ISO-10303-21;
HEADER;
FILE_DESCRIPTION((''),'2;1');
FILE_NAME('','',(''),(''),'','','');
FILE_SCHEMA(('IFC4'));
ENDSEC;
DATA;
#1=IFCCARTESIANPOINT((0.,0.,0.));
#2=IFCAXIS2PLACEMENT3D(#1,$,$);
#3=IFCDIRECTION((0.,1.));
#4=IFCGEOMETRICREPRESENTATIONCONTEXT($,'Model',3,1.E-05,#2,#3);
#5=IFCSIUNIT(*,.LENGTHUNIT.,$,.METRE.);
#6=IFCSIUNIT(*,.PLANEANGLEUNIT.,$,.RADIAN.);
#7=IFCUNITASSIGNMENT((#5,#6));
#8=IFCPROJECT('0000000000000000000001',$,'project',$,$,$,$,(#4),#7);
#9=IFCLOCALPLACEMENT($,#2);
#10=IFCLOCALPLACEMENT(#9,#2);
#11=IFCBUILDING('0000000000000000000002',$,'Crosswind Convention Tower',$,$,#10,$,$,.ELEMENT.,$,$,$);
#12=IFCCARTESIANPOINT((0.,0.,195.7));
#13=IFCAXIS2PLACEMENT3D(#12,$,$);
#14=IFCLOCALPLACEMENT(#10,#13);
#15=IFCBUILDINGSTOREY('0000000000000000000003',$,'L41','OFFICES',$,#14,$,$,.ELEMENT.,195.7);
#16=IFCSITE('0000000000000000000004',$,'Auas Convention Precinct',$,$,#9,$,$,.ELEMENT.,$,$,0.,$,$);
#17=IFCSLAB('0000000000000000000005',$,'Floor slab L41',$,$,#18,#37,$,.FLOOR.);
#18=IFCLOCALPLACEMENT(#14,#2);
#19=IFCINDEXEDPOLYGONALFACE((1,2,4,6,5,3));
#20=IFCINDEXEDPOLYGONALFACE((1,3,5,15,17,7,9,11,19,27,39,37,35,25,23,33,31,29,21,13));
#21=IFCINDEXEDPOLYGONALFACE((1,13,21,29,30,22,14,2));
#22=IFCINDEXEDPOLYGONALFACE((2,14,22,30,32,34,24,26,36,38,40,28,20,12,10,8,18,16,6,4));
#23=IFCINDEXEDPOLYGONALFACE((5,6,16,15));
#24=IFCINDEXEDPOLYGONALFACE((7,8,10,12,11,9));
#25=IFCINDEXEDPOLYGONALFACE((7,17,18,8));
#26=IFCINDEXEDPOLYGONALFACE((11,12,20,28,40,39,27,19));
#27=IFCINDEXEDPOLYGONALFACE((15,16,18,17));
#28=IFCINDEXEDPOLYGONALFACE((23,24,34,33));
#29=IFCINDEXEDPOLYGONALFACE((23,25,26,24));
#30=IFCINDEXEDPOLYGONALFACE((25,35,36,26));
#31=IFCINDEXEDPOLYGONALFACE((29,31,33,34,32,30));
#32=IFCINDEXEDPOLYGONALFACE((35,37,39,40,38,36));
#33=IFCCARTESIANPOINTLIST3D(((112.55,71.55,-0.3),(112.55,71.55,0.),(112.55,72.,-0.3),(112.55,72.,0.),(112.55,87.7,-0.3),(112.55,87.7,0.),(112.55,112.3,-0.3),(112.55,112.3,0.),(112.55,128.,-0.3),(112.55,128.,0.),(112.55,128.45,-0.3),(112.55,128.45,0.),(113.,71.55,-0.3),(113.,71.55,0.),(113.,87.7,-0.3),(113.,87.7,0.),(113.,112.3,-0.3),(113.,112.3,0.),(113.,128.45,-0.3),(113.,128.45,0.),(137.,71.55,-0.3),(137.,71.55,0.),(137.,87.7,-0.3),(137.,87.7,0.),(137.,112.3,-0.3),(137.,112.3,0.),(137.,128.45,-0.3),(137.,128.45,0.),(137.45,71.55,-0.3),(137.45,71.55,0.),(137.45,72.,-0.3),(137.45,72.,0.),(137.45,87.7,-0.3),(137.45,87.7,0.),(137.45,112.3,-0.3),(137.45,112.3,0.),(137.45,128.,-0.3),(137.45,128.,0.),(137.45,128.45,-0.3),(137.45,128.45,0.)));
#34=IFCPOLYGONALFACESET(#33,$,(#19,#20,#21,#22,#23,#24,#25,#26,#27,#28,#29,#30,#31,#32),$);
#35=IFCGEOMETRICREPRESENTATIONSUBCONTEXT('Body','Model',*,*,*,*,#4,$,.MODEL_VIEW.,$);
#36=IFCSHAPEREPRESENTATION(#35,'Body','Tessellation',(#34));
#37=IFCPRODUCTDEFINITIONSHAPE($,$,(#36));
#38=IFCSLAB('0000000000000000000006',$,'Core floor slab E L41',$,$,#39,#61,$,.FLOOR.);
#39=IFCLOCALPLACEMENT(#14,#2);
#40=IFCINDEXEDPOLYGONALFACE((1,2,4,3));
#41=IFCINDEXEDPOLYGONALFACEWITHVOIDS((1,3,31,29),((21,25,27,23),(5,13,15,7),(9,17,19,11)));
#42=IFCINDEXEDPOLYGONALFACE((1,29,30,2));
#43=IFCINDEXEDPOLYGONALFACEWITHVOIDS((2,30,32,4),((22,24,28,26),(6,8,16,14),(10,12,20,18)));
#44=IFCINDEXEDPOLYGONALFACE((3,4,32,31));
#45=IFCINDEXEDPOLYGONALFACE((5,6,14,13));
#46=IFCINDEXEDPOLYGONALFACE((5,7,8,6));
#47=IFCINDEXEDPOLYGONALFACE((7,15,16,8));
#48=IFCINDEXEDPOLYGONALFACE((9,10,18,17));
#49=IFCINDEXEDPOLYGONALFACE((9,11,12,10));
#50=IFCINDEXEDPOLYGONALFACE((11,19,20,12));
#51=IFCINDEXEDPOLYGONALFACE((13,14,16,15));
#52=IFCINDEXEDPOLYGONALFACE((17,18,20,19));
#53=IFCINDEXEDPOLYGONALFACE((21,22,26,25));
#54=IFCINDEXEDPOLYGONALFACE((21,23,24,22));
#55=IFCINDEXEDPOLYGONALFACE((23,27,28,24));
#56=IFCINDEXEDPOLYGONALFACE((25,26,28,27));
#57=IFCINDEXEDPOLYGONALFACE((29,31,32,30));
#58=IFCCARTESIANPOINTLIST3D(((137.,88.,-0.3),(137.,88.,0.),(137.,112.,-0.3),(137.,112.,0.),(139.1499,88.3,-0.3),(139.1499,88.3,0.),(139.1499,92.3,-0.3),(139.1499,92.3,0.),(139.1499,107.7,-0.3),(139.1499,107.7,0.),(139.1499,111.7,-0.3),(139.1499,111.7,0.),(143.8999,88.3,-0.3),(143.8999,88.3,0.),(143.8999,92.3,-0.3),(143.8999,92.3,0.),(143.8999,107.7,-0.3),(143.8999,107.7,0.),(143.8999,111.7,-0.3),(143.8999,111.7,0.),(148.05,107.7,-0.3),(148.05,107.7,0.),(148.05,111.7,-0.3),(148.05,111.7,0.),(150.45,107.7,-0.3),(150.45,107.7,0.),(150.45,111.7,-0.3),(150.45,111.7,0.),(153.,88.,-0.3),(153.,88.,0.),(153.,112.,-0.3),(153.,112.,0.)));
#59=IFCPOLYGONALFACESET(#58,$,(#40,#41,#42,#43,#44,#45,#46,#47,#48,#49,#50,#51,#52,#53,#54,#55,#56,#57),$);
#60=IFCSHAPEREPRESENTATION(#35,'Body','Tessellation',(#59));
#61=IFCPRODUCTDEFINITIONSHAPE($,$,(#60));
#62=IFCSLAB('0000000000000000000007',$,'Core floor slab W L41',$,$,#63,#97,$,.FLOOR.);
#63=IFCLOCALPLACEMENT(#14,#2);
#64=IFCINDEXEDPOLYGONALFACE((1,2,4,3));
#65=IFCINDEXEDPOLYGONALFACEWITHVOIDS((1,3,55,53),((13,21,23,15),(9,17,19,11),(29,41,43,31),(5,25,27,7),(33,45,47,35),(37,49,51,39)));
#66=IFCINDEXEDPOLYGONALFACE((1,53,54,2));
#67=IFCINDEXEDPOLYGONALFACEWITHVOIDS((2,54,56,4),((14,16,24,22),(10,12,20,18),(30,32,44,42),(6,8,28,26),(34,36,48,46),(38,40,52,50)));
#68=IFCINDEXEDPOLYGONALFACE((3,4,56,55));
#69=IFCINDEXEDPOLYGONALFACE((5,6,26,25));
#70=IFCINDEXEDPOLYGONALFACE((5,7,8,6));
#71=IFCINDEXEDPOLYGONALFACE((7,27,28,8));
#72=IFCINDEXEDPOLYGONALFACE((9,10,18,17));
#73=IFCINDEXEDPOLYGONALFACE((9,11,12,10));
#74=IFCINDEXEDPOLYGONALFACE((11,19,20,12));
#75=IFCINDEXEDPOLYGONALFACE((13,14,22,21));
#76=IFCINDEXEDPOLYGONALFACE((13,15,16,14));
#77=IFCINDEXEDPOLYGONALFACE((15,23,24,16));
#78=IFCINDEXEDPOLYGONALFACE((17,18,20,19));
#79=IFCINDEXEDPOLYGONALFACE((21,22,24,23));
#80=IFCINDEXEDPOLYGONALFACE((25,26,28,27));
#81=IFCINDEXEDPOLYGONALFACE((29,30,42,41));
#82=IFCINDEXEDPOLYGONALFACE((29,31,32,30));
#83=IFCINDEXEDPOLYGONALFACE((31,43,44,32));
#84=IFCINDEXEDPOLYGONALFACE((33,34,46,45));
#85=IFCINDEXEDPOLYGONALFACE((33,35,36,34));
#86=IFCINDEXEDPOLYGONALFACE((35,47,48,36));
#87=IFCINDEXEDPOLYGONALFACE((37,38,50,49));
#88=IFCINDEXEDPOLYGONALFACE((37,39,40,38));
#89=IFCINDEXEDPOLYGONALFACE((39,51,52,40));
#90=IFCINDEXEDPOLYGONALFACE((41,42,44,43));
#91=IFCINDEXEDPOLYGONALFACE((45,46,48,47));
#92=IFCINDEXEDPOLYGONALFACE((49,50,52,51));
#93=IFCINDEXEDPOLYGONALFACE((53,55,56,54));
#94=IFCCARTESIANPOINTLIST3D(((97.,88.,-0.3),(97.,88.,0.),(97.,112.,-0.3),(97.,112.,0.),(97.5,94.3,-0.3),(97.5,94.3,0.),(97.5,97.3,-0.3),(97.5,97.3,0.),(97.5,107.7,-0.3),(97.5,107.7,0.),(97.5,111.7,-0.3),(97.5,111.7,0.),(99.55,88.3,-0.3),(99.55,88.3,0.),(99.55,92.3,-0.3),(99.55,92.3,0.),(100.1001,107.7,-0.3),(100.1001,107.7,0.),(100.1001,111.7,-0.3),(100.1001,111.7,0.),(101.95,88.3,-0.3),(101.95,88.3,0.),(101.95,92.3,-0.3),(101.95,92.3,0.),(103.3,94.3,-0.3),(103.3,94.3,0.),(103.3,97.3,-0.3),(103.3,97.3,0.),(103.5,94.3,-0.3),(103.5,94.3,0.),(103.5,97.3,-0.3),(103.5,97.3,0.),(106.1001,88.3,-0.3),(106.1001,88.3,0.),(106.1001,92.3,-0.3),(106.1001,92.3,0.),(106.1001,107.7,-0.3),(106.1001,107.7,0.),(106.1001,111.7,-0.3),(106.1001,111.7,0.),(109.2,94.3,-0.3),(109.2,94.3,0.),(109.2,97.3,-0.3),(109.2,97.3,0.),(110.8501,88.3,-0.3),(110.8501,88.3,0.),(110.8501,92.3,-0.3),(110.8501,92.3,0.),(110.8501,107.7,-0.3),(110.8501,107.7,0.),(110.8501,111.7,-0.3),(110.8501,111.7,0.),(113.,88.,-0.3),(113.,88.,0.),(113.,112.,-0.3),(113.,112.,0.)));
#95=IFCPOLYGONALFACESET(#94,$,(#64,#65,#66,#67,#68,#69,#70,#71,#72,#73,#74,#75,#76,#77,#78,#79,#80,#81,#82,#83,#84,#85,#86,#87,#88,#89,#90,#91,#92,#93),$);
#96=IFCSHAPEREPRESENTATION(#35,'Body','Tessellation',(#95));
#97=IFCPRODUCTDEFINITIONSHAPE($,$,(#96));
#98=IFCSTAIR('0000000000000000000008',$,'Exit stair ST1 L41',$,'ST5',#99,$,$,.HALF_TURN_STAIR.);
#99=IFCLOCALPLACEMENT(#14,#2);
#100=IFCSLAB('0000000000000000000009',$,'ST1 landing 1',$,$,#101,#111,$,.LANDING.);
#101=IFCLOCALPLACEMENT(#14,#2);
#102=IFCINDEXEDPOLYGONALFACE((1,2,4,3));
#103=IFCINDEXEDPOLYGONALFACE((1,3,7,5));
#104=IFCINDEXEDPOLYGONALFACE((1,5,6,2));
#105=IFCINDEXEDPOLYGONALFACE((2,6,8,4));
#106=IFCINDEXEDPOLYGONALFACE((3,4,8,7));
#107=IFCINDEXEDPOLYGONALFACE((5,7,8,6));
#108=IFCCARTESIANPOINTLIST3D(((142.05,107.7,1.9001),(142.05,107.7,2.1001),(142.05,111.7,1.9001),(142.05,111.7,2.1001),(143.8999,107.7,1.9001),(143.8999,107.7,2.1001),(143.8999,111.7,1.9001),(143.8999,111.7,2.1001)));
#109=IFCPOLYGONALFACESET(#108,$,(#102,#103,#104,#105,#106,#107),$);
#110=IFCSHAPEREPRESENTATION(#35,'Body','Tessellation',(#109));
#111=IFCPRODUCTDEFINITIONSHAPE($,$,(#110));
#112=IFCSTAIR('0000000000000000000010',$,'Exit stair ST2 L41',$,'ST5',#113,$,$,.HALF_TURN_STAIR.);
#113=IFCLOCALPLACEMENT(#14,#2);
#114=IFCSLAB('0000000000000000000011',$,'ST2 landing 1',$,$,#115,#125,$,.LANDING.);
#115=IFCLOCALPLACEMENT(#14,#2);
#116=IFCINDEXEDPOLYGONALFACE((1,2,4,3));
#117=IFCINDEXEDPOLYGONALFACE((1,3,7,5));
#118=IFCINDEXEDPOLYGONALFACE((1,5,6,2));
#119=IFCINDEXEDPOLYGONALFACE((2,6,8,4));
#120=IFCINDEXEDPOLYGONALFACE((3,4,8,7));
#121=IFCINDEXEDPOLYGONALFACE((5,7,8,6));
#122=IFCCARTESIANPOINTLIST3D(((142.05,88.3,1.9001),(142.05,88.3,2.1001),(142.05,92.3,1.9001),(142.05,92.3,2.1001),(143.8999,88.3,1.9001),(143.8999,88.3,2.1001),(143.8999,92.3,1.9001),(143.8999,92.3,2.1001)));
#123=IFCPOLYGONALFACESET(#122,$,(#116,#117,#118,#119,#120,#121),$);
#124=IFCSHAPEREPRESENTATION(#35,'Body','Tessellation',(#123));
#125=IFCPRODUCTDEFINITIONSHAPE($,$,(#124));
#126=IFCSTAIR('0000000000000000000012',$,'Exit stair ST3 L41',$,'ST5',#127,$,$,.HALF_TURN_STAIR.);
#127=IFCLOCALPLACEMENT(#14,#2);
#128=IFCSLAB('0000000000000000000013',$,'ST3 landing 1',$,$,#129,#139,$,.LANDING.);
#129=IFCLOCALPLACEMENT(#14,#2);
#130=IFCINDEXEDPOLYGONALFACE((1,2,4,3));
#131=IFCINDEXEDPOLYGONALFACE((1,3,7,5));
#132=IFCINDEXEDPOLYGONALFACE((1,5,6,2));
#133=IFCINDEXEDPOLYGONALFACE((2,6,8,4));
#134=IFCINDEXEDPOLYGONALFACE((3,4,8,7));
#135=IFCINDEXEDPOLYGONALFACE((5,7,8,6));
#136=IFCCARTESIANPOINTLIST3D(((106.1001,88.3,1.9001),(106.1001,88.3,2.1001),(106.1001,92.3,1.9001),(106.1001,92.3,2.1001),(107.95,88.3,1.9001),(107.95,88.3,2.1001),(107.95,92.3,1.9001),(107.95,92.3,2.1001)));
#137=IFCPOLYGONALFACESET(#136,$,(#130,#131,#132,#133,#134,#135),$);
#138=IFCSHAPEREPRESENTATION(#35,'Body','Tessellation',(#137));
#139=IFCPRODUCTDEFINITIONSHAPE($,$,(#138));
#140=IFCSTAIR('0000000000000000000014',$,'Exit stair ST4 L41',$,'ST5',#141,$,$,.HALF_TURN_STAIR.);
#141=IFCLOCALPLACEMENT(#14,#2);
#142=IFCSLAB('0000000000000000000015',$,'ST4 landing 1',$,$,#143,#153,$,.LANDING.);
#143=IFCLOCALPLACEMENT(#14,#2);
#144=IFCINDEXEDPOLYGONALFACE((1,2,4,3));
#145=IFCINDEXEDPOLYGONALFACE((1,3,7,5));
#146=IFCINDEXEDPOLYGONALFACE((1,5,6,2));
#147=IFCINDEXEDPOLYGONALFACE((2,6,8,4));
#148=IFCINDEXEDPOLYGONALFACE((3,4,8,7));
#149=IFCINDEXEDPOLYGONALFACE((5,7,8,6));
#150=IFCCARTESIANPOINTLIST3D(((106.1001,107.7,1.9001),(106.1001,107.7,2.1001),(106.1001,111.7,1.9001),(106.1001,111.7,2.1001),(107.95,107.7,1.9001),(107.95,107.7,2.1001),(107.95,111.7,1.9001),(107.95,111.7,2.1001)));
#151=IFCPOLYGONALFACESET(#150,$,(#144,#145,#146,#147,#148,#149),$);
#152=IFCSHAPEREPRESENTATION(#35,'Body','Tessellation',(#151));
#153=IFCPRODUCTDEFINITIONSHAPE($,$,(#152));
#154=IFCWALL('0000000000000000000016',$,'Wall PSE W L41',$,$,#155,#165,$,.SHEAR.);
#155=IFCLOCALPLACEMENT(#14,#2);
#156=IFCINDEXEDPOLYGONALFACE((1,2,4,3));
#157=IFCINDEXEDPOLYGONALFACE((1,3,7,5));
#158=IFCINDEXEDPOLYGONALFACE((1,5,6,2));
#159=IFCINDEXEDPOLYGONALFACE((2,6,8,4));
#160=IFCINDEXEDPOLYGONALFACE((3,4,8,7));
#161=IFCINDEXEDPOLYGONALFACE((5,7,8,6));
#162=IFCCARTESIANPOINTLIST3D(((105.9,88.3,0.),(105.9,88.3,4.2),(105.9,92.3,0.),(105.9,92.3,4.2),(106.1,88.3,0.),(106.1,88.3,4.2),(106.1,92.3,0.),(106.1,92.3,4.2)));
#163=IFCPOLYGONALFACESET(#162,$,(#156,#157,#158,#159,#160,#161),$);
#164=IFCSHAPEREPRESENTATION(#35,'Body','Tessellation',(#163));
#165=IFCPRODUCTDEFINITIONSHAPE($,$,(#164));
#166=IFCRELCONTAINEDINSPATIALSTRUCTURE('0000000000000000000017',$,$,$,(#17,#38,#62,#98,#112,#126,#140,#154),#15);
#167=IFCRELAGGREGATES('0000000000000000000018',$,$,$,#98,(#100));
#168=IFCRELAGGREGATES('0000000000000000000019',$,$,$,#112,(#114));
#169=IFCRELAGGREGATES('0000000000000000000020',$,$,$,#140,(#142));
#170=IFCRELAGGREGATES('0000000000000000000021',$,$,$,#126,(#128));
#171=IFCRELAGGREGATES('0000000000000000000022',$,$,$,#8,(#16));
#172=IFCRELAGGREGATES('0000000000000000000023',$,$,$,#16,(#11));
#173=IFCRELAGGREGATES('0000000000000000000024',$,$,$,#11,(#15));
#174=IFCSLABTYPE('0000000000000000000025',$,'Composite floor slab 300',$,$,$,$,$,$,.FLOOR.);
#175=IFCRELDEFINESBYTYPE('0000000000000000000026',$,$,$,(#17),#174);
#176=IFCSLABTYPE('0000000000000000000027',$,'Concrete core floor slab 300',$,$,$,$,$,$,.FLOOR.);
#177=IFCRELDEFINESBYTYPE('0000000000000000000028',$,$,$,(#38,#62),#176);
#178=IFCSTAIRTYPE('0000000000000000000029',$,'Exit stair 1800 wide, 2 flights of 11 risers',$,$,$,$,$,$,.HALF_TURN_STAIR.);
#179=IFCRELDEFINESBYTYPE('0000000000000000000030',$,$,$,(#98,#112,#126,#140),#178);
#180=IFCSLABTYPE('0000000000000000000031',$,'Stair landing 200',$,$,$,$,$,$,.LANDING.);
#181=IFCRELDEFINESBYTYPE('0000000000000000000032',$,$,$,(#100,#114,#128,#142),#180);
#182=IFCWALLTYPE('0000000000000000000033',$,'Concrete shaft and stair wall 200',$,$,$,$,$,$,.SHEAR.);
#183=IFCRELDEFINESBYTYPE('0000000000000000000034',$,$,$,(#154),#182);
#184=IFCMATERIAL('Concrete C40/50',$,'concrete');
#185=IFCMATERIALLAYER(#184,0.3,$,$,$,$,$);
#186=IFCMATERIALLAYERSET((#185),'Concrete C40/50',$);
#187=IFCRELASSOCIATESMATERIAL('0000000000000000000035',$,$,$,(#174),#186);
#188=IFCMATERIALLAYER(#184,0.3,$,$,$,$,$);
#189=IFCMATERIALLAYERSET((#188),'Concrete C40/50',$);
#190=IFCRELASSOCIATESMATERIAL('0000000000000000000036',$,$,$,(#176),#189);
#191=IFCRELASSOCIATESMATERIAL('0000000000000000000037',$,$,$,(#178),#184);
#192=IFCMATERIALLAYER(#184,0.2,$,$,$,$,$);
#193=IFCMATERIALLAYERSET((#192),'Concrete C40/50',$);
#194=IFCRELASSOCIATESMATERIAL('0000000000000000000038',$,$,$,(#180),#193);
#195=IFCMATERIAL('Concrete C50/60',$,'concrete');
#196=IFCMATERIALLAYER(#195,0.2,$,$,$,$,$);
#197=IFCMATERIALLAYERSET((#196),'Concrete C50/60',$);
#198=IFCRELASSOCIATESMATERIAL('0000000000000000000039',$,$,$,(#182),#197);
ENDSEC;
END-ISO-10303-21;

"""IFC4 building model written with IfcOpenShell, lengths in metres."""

from ifc_helpers import new_model, si_unit, direction, frame, frame_2d, origin, place, context, subcontext, project, spatial, polyline, rectangle, outline, extrude, material, layer, layer_set, type_object, element, aggregate, save


model = new_model("IFC4")

# Units and contexts
model_context = context("Model", 3, precision=1e-05, world=origin(), true_north=direction((0.0, 1.0)))
body_context = subcontext(model_context, "Body", "Model", "MODEL_VIEW")
ifc_project = project(units=[si_unit("LENGTHUNIT", "METRE"), si_unit("PLANEANGLEUNIT", "RADIAN")], contexts=[model_context])

# Site, building, storey
site_placement = place(None, origin())
site = spatial("IfcSite", under=ifc_project, at=site_placement, Name="Auas Convention Precinct", CompositionType="ELEMENT", RefElevation=0.0)
building_placement = place(site_placement, origin())
building = spatial("IfcBuilding", under=site, at=building_placement, Name="Crosswind Convention Tower", CompositionType="ELEMENT")
storey_placement = place(building_placement, frame((0.0, 0.0, 195.7)))
storey = spatial("IfcBuildingStorey", under=building, at=storey_placement, Name="L41", Description="OFFICES", CompositionType="ELEMENT", Elevation=195.7)

# Slabs
ifc_material_1 = material(Name="Concrete C40/50", Category="concrete")
ifc_layer_1 = layer(ifc_material_1, 0.3)
ifc_layer_set_1 = layer_set([ifc_layer_1], Name="Concrete C40/50")
slab_type_1 = type_object("IfcSlabType", Name="Composite floor slab 300", PredefinedType="FLOOR", material=ifc_layer_set_1)
slab_1_placement = place(storey_placement, frame((0.0, 0.0, -0.3)))
element("IfcSlab", 1, at=slab_1_placement, inside=storey, type_object=slab_type_1, Name="Floor slab L41", PredefinedType="FLOOR", context=body_context, shape_type="SweptSolid", body=[
    extrude(outline(polyline([(137.45, 71.55), (137.0, 71.55), (113.0, 71.55), (112.55, 71.55), (112.55, 72.0), (112.55, 87.7), (113.0, 87.7), (113.0, 112.3), (112.55, 112.3), (112.55, 128.0), (112.55, 128.45), (113.0, 128.45), (137.0, 128.45), (137.45, 128.45), (137.45, 128.0), (137.45, 112.3), (137.0, 112.3), (137.0, 87.7), (137.45, 87.7), (137.45, 72.0), (137.45, 71.55)])), origin(), (0.0, 0.0, 1.0), 0.3),
])
ifc_layer_2 = layer(ifc_material_1, 0.3)
ifc_layer_set_2 = layer_set([ifc_layer_2], Name="Concrete C40/50")
slab_type_2 = type_object("IfcSlabType", Name="Concrete core floor slab 300", PredefinedType="FLOOR", material=ifc_layer_set_2)
slab_2_placement = place(storey_placement, frame((0.0, 0.0, -0.3)))
element("IfcSlab", 2, at=slab_2_placement, inside=storey, type_object=slab_type_2, Name="Core floor slab E L41", PredefinedType="FLOOR", context=body_context, shape_type="SweptSolid", body=[
    extrude(outline(polyline([(137.0, 88.0), (153.0, 88.0), (153.0, 112.0), (137.0, 112.0), (137.0, 88.0)]), holes=[polyline([(150.45, 107.7), (150.45, 111.7), (148.05, 111.7), (148.05, 107.7), (150.45, 107.7)]), polyline([(143.8999, 107.7), (143.8999, 111.7), (139.1499, 111.7), (139.1499, 107.7), (143.8999, 107.7)]), polyline([(143.8999, 88.3), (143.8999, 92.3), (139.1499, 92.3), (139.1499, 88.3), (143.8999, 88.3)])]), origin(), (0.0, 0.0, 1.0), 0.3),
])
slab_3_placement = place(storey_placement, frame((0.0, 0.0, -0.3)))
element("IfcSlab", 3, at=slab_3_placement, inside=storey, type_object=slab_type_2, Name="Core floor slab W L41", PredefinedType="FLOOR", context=body_context, shape_type="SweptSolid", body=[
    extrude(outline(polyline([(97.0, 88.0), (113.0, 88.0), (113.0, 112.0), (97.0, 112.0), (97.0, 88.0)]), holes=[polyline([(109.2, 94.3), (109.2, 97.3), (103.5, 97.3), (103.5, 94.3), (109.2, 94.3)]), polyline([(103.3, 94.3), (103.3, 97.3), (97.5, 97.3), (97.5, 94.3), (103.3, 94.3)]), polyline([(101.95, 88.3), (101.95, 92.3), (99.55, 92.3), (99.55, 88.3), (101.95, 88.3)]), polyline([(100.1001, 107.7), (100.1001, 111.7), (97.5, 111.7), (97.5, 107.7), (100.1001, 107.7)]), polyline([(110.8501, 88.3), (110.8501, 92.3), (106.1001, 92.3), (106.1001, 88.3), (110.8501, 88.3)]), polyline([(110.8501, 107.7), (110.8501, 111.7), (106.1001, 111.7), (106.1001, 107.7), (110.8501, 107.7)])]), origin(), (0.0, 0.0, 1.0), 0.3),
])

# Stairs, slabs
stair_type = type_object("IfcStairType", Name="Exit stair 1800 wide, 2 flights of 11 risers", PredefinedType="HALF_TURN_STAIR", material=ifc_material_1)
stair_1_placement = place(storey_placement, origin())
stair_1 = element("IfcStair", 4, at=stair_1_placement, inside=storey, type_object=stair_type, Name="Exit stair ST1 L41", ObjectType="ST5", PredefinedType="HALF_TURN_STAIR")
ifc_layer_3 = layer(ifc_material_1, 0.2)
ifc_layer_set_3 = layer_set([ifc_layer_3], Name="Concrete C40/50")
slab_type_3 = type_object("IfcSlabType", Name="Stair landing 200", PredefinedType="LANDING", material=ifc_layer_set_3)
slab_4_placement = place(storey_placement, frame((0.0, 0.0, 1.9001)))
slab_4 = element("IfcSlab", 5, at=slab_4_placement, type_object=slab_type_3, Name="ST1 landing 1", PredefinedType="LANDING", context=body_context, shape_type="SweptSolid", body=[
    extrude(outline(polyline([(143.8999, 107.7), (143.8999, 111.7), (142.05, 111.7), (142.05, 107.7), (143.8999, 107.7)])), origin(), (0.0, 0.0, 1.0), 0.2),
])
aggregate(stair_1, [slab_4])
stair_2_placement = place(storey_placement, origin())
stair_2 = element("IfcStair", 6, at=stair_2_placement, inside=storey, type_object=stair_type, Name="Exit stair ST2 L41", ObjectType="ST5", PredefinedType="HALF_TURN_STAIR")
slab_5_placement = place(storey_placement, frame((0.0, 0.0, 1.9001)))
slab_5 = element("IfcSlab", 7, at=slab_5_placement, type_object=slab_type_3, Name="ST2 landing 1", PredefinedType="LANDING", context=body_context, shape_type="SweptSolid", body=[
    extrude(outline(polyline([(143.8999, 88.3), (143.8999, 92.3), (142.05, 92.3), (142.05, 88.3), (143.8999, 88.3)])), origin(), (0.0, 0.0, 1.0), 0.2),
])
aggregate(stair_2, [slab_5])
stair_3_placement = place(storey_placement, origin())
stair_3 = element("IfcStair", 8, at=stair_3_placement, inside=storey, type_object=stair_type, Name="Exit stair ST3 L41", ObjectType="ST5", PredefinedType="HALF_TURN_STAIR")
slab_6_placement = place(storey_placement, frame((0.0, 0.0, 1.9001)))
slab_6 = element("IfcSlab", 9, at=slab_6_placement, type_object=slab_type_3, Name="ST3 landing 1", PredefinedType="LANDING", context=body_context, shape_type="SweptSolid", body=[
    extrude(outline(polyline([(107.95, 88.3), (107.95, 92.3), (106.1001, 92.3), (106.1001, 88.3), (107.95, 88.3)])), origin(), (0.0, 0.0, 1.0), 0.2),
])
stair_4_placement = place(storey_placement, origin())
stair_4 = element("IfcStair", 10, at=stair_4_placement, inside=storey, type_object=stair_type, Name="Exit stair ST4 L41", ObjectType="ST5", PredefinedType="HALF_TURN_STAIR")
slab_7_placement = place(storey_placement, frame((0.0, 0.0, 1.9001)))
slab_7 = element("IfcSlab", 11, at=slab_7_placement, type_object=slab_type_3, Name="ST4 landing 1", PredefinedType="LANDING", context=body_context, shape_type="SweptSolid", body=[
    extrude(outline(polyline([(107.95, 107.7), (107.95, 111.7), (106.1001, 111.7), (106.1001, 107.7), (107.95, 107.7)])), origin(), (0.0, 0.0, 1.0), 0.2),
])
aggregate(stair_4, [slab_7])

# Wall
ifc_material_2 = material(Name="Concrete C50/60", Category="concrete")
ifc_layer_4 = layer(ifc_material_2, 0.2)
ifc_layer_set_4 = layer_set([ifc_layer_4], Name="Concrete C50/60")
wall_type_1 = type_object("IfcWallType", Name="Concrete shaft and stair wall 200", PredefinedType="SHEAR", material=ifc_layer_set_4)
wall_1_placement = place(storey_placement, frame((106.0, 92.3, 0.0), z_axis=(0.0, 0.0, 1.0), x_axis=(0.0, -1.0, 0.0)))
element("IfcWall", 12, at=wall_1_placement, inside=storey, type_object=wall_type_1, Name="Wall PSE W L41", PredefinedType="SHEAR", context=body_context, shape_type="SweptSolid", body=[
    extrude(rectangle(XDim=4.0, YDim=0.2, at=frame_2d((2.0, 0.0))), origin(), (0.0, 0.0, 1.0), 4.2),
])

aggregate(stair_3, [slab_6])

save(model, "model.ifc")
